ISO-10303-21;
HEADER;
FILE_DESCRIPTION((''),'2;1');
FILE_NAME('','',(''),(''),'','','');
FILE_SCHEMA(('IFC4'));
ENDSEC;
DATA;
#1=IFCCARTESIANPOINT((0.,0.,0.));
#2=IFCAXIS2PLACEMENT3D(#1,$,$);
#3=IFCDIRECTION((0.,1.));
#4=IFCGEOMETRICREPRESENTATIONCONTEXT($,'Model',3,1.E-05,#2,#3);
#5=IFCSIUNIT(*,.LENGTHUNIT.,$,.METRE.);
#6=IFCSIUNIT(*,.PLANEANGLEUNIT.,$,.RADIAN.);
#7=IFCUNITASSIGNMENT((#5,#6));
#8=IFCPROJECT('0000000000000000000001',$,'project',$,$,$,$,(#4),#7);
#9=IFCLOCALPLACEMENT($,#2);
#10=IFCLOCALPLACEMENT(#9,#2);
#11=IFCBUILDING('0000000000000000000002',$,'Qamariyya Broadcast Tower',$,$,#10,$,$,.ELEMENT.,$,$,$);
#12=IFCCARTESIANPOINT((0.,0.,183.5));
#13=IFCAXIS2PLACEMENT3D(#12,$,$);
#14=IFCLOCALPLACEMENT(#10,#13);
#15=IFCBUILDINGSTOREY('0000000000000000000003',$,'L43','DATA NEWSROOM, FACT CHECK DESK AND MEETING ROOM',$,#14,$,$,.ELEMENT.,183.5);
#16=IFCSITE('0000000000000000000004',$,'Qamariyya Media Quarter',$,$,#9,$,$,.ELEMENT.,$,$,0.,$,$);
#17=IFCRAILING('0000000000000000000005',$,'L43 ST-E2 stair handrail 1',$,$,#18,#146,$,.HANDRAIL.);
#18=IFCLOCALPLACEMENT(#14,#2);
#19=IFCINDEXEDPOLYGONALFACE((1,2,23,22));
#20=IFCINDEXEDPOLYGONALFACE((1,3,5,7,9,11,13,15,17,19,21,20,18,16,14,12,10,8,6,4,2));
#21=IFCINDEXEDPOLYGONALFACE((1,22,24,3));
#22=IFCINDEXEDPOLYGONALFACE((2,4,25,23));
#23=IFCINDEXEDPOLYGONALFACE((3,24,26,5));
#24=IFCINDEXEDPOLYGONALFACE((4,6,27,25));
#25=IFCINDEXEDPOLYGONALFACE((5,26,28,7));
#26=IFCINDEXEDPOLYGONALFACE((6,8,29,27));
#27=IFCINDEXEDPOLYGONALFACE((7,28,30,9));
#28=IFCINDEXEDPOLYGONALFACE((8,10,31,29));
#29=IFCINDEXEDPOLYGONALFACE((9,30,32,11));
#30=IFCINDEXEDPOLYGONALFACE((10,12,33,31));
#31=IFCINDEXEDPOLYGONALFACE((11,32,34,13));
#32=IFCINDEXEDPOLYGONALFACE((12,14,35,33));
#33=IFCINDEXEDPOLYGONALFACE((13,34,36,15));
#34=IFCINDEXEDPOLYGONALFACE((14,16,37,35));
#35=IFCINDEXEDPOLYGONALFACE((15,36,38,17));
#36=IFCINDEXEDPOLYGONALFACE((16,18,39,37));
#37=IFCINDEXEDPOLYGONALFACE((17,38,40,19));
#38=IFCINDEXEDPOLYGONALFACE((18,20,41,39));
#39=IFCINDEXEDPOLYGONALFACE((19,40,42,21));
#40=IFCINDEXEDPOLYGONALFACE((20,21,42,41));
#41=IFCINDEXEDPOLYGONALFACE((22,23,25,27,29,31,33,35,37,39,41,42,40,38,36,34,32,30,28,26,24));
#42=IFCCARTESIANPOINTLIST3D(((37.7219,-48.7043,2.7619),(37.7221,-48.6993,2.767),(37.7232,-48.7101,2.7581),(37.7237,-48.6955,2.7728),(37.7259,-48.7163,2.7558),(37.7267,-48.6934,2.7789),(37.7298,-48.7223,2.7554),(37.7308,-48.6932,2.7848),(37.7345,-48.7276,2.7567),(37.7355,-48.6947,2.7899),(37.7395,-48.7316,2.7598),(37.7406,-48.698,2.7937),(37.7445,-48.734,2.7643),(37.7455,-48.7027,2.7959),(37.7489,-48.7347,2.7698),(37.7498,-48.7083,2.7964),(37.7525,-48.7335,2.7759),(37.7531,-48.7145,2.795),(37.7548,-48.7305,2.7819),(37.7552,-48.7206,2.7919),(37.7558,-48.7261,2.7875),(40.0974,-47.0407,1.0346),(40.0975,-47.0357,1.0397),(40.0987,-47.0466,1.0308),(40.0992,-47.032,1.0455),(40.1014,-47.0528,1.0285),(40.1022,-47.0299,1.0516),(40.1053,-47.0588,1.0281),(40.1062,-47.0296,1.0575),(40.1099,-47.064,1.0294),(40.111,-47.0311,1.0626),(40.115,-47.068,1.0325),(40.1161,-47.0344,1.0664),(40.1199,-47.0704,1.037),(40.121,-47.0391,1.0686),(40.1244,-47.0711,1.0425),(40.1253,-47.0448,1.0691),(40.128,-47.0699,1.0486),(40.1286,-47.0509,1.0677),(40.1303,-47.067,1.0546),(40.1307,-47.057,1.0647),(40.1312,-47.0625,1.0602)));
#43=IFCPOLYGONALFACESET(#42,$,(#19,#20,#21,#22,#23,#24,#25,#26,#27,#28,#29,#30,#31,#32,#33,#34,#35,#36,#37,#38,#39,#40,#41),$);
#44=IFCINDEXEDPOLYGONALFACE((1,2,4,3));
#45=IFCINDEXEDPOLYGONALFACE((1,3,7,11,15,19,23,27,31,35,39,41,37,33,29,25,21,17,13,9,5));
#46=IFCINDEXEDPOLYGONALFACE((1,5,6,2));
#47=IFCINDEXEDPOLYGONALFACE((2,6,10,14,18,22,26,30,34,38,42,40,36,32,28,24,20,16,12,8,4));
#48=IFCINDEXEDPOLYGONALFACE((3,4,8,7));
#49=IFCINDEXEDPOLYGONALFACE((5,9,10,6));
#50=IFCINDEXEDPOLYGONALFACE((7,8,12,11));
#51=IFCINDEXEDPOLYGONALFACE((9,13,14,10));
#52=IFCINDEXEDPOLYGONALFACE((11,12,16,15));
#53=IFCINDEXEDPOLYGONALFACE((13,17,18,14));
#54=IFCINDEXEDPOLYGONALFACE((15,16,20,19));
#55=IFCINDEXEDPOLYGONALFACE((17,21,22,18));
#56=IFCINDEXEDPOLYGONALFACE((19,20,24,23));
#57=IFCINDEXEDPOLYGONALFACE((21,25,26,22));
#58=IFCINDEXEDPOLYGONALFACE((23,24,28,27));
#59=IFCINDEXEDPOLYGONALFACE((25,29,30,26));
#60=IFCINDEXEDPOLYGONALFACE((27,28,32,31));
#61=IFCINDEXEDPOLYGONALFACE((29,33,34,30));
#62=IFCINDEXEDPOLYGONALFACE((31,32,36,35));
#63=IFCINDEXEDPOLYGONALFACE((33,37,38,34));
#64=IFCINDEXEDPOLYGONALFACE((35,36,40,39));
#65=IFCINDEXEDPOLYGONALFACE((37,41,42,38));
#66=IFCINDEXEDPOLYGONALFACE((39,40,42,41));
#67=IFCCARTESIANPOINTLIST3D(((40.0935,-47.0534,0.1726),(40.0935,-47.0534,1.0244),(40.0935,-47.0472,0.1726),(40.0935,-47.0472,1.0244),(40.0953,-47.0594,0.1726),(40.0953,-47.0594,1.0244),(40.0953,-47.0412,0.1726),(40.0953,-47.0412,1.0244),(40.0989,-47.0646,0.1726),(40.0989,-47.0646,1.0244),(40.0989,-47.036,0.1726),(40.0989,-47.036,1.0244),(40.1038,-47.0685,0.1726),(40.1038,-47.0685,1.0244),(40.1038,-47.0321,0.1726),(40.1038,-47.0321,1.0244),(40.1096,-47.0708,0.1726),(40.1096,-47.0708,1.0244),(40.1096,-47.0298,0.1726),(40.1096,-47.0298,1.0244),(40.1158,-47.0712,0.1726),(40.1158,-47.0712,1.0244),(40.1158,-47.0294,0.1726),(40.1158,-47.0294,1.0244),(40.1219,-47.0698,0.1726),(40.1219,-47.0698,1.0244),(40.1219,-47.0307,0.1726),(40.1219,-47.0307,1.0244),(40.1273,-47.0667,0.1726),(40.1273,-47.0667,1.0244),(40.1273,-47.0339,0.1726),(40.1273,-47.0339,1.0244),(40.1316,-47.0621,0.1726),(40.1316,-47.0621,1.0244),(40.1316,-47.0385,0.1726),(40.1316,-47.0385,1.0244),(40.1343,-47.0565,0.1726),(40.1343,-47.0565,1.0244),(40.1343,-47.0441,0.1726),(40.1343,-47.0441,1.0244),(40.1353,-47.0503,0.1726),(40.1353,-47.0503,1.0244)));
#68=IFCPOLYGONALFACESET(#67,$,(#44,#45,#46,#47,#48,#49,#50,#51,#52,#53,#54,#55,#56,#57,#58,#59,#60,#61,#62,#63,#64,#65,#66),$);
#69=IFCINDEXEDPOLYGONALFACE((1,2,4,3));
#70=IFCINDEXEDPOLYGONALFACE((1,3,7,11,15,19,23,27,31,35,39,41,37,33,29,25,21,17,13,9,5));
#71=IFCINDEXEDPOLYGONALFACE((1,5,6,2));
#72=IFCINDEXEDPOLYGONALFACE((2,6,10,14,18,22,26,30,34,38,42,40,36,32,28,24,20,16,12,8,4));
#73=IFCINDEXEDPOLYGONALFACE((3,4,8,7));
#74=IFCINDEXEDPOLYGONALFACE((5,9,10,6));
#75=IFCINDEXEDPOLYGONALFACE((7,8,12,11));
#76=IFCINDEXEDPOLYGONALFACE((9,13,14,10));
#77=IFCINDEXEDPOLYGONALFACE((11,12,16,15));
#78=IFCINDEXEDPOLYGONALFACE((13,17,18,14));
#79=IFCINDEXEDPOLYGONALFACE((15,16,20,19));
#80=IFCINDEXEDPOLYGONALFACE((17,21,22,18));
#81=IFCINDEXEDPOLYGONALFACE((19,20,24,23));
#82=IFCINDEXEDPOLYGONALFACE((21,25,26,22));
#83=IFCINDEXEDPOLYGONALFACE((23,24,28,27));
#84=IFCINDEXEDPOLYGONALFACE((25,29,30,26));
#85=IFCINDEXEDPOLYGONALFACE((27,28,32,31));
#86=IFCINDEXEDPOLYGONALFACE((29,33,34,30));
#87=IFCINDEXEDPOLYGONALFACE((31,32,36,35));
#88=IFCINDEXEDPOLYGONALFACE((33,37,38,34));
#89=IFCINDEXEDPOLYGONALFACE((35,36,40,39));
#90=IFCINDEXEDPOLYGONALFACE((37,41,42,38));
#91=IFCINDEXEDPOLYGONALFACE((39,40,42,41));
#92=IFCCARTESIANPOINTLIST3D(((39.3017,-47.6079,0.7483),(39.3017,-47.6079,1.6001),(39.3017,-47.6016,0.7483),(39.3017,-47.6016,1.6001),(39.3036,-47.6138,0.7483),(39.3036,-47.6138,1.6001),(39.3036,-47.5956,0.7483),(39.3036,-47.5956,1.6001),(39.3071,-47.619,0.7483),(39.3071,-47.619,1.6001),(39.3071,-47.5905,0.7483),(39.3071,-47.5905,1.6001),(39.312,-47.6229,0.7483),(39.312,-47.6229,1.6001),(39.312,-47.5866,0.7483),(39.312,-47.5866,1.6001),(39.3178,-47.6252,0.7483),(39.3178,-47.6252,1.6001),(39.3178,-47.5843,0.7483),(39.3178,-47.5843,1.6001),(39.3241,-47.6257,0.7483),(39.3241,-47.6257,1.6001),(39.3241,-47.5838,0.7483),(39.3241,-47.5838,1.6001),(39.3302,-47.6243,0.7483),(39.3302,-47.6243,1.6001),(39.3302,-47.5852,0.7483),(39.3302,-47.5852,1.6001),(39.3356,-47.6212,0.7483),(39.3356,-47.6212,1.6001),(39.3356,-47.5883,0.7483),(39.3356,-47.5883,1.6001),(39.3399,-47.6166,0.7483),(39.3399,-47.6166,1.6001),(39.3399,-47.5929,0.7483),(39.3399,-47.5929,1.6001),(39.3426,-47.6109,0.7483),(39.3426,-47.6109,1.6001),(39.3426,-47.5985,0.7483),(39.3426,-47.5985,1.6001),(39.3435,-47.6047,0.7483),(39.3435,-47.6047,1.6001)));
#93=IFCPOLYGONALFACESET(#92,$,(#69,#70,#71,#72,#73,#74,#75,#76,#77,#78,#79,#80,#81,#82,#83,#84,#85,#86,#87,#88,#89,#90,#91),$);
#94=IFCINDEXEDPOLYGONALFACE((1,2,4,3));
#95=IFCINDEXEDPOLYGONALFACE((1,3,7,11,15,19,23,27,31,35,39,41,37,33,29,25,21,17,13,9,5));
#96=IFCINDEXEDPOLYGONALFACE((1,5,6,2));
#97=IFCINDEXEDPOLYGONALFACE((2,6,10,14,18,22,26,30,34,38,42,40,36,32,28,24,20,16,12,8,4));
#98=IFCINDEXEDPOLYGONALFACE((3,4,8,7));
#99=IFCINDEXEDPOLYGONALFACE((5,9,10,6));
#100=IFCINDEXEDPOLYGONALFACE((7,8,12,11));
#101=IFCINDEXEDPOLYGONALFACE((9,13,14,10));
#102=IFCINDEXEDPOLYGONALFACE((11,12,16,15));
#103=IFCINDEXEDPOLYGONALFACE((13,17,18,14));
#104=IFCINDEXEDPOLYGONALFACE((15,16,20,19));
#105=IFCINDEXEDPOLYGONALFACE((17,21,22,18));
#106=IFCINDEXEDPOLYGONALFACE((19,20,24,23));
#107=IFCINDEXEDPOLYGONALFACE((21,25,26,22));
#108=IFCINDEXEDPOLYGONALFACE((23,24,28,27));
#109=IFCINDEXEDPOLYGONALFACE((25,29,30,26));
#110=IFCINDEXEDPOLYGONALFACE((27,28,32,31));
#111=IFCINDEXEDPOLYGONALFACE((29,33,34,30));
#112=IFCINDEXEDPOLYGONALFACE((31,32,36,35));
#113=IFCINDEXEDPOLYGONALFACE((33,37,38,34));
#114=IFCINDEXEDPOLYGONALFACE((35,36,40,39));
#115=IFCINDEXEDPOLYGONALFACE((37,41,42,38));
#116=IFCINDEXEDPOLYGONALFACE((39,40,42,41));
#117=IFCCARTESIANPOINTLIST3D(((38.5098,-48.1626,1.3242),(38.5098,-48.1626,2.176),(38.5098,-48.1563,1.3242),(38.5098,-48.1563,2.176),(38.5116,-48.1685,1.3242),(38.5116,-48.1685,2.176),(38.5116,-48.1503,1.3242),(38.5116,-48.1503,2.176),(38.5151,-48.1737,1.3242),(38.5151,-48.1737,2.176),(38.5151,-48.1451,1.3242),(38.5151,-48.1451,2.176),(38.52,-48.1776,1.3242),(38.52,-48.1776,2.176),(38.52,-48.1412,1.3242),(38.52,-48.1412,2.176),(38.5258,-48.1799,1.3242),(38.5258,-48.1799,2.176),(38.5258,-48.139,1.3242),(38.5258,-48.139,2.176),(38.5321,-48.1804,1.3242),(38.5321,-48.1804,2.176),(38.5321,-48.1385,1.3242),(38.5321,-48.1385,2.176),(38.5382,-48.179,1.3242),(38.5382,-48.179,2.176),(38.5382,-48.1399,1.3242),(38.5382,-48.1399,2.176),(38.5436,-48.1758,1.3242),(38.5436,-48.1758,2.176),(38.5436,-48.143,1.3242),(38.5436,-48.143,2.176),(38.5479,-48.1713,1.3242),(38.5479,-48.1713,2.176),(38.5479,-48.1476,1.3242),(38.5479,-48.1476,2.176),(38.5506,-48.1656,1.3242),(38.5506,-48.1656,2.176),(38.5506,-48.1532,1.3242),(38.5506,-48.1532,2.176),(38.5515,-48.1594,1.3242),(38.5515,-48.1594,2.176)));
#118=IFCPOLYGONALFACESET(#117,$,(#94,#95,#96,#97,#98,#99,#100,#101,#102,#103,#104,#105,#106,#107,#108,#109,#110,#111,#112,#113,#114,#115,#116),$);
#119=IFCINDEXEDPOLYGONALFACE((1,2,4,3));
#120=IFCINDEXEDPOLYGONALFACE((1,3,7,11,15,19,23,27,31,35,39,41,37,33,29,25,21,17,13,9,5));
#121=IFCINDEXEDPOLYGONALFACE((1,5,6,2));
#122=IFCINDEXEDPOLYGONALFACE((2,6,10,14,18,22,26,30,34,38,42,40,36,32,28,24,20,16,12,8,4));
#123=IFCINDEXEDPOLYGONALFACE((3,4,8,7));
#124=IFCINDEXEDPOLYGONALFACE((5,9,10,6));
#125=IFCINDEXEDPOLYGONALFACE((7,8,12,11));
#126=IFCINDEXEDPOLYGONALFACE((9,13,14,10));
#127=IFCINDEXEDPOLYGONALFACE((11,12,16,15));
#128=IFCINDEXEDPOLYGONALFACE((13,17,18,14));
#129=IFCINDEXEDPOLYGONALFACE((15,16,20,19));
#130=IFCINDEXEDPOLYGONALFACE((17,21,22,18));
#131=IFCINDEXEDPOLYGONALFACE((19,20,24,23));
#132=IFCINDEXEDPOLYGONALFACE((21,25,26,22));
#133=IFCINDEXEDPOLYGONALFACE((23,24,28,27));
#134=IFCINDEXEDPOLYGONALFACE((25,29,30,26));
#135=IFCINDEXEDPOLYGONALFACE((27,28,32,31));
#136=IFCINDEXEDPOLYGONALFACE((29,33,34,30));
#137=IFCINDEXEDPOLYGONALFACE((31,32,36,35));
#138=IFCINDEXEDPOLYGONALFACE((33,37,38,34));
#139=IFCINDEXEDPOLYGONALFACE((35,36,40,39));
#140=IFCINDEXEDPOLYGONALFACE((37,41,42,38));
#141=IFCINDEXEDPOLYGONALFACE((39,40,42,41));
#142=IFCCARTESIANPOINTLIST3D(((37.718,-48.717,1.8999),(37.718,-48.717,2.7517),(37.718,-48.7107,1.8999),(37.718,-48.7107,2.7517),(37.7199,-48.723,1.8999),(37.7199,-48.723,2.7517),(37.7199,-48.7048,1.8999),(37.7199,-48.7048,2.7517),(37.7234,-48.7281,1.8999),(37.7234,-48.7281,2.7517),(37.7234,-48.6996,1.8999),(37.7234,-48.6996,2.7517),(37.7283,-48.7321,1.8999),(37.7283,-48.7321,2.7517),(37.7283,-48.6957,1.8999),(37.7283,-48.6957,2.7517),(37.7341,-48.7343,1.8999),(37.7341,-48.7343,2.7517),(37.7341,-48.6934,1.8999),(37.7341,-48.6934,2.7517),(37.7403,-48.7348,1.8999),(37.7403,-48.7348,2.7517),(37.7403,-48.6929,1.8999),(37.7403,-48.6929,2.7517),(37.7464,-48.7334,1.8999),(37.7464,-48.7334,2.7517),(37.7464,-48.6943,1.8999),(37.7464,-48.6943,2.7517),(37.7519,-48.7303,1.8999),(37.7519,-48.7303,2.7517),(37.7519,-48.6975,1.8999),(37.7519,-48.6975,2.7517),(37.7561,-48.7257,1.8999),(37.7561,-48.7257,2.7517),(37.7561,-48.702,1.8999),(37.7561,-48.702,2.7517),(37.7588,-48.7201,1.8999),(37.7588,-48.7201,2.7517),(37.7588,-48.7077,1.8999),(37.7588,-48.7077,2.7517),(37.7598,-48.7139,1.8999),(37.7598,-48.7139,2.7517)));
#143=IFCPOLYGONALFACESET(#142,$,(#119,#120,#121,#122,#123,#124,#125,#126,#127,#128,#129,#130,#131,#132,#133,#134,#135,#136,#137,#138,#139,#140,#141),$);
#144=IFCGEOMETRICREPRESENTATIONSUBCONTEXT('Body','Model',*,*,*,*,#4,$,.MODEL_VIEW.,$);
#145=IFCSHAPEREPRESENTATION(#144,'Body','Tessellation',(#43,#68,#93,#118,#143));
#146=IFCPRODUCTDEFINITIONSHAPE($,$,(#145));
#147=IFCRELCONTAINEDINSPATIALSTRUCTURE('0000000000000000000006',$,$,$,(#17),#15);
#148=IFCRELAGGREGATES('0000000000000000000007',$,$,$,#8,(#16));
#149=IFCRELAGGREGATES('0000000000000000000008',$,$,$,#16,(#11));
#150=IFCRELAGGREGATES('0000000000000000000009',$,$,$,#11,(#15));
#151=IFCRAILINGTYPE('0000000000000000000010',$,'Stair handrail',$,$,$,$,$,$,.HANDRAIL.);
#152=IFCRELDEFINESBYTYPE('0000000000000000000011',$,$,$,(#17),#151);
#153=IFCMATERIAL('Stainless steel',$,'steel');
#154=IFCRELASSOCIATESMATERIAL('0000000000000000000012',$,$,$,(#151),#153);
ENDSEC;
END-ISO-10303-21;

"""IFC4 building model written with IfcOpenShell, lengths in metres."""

from ifc_helpers import new_model, si_unit, direction, frame, origin, origin_2d, place, context, subcontext, project, spatial, circle, extrude, material, type_object, element, save


model = new_model("IFC4")

# Units and contexts
model_context = context("Model", 3, precision=1e-05, world=origin(), true_north=direction((0.0, 1.0)))
body_context = subcontext(model_context, "Body", "Model", "MODEL_VIEW")
ifc_project = project(units=[si_unit("LENGTHUNIT", "METRE"), si_unit("PLANEANGLEUNIT", "RADIAN")], contexts=[model_context])

# Site, building, storey
site_placement = place(None, origin())
site = spatial("IfcSite", under=ifc_project, at=site_placement, Name="Qamariyya Media Quarter", CompositionType="ELEMENT", RefElevation=0.0)
building_placement = place(site_placement, origin())
building = spatial("IfcBuilding", under=site, at=building_placement, Name="Qamariyya Broadcast Tower", CompositionType="ELEMENT")
storey_placement = place(building_placement, frame((0.0, 0.0, 183.5)))
storey = spatial("IfcBuildingStorey", under=building, at=storey_placement, Name="L43", Description="DATA NEWSROOM, FACT CHECK DESK AND MEETING ROOM", CompositionType="ELEMENT", Elevation=183.5)

# Railing
ifc_material_1 = material(Name="Stainless steel", Category="steel")
railing_type_1 = type_object("IfcRailingType", Name="Stair handrail", PredefinedType="HANDRAIL", material=ifc_material_1)
railing_1_placement = place(storey_placement, frame((40.1143, -47.0503, 0.1726)))
element("IfcRailing", 1, at=railing_1_placement, inside=storey, type_object=railing_type_1, Name="L43 ST-E2 stair handrail 1", PredefinedType="HANDRAIL", context=body_context, shape_type="SweptSolid", body=[
    extrude(circle(Radius=0.0239, at=origin_2d()), frame((0.0, 0.0, 0.876), z_axis=(-0.703745, -0.492838, 0.511716), x_axis=(0.573632, -0.819113, 0.0)), (0.0, 0.0, 1.0), 3.3755),
    extrude(circle(Radius=0.021, at=origin_2d()), origin(), (0.0, 0.0, 1.0), 0.8518),
    extrude(circle(Radius=0.021, at=origin_2d()), frame((-0.7917, -0.5544, 0.5757)), (0.0, 0.0, 1.0), 0.8518),
    extrude(circle(Radius=0.021, at=origin_2d()), frame((-1.5837, -1.1091, 1.1516)), (0.0, 0.0, 1.0), 0.8518),
    extrude(circle(Radius=0.021, at=origin_2d()), frame((-2.3755, -1.6636, 1.7273)), (0.0, 0.0, 1.0), 0.8518),
])

save(model, "model.ifc")
